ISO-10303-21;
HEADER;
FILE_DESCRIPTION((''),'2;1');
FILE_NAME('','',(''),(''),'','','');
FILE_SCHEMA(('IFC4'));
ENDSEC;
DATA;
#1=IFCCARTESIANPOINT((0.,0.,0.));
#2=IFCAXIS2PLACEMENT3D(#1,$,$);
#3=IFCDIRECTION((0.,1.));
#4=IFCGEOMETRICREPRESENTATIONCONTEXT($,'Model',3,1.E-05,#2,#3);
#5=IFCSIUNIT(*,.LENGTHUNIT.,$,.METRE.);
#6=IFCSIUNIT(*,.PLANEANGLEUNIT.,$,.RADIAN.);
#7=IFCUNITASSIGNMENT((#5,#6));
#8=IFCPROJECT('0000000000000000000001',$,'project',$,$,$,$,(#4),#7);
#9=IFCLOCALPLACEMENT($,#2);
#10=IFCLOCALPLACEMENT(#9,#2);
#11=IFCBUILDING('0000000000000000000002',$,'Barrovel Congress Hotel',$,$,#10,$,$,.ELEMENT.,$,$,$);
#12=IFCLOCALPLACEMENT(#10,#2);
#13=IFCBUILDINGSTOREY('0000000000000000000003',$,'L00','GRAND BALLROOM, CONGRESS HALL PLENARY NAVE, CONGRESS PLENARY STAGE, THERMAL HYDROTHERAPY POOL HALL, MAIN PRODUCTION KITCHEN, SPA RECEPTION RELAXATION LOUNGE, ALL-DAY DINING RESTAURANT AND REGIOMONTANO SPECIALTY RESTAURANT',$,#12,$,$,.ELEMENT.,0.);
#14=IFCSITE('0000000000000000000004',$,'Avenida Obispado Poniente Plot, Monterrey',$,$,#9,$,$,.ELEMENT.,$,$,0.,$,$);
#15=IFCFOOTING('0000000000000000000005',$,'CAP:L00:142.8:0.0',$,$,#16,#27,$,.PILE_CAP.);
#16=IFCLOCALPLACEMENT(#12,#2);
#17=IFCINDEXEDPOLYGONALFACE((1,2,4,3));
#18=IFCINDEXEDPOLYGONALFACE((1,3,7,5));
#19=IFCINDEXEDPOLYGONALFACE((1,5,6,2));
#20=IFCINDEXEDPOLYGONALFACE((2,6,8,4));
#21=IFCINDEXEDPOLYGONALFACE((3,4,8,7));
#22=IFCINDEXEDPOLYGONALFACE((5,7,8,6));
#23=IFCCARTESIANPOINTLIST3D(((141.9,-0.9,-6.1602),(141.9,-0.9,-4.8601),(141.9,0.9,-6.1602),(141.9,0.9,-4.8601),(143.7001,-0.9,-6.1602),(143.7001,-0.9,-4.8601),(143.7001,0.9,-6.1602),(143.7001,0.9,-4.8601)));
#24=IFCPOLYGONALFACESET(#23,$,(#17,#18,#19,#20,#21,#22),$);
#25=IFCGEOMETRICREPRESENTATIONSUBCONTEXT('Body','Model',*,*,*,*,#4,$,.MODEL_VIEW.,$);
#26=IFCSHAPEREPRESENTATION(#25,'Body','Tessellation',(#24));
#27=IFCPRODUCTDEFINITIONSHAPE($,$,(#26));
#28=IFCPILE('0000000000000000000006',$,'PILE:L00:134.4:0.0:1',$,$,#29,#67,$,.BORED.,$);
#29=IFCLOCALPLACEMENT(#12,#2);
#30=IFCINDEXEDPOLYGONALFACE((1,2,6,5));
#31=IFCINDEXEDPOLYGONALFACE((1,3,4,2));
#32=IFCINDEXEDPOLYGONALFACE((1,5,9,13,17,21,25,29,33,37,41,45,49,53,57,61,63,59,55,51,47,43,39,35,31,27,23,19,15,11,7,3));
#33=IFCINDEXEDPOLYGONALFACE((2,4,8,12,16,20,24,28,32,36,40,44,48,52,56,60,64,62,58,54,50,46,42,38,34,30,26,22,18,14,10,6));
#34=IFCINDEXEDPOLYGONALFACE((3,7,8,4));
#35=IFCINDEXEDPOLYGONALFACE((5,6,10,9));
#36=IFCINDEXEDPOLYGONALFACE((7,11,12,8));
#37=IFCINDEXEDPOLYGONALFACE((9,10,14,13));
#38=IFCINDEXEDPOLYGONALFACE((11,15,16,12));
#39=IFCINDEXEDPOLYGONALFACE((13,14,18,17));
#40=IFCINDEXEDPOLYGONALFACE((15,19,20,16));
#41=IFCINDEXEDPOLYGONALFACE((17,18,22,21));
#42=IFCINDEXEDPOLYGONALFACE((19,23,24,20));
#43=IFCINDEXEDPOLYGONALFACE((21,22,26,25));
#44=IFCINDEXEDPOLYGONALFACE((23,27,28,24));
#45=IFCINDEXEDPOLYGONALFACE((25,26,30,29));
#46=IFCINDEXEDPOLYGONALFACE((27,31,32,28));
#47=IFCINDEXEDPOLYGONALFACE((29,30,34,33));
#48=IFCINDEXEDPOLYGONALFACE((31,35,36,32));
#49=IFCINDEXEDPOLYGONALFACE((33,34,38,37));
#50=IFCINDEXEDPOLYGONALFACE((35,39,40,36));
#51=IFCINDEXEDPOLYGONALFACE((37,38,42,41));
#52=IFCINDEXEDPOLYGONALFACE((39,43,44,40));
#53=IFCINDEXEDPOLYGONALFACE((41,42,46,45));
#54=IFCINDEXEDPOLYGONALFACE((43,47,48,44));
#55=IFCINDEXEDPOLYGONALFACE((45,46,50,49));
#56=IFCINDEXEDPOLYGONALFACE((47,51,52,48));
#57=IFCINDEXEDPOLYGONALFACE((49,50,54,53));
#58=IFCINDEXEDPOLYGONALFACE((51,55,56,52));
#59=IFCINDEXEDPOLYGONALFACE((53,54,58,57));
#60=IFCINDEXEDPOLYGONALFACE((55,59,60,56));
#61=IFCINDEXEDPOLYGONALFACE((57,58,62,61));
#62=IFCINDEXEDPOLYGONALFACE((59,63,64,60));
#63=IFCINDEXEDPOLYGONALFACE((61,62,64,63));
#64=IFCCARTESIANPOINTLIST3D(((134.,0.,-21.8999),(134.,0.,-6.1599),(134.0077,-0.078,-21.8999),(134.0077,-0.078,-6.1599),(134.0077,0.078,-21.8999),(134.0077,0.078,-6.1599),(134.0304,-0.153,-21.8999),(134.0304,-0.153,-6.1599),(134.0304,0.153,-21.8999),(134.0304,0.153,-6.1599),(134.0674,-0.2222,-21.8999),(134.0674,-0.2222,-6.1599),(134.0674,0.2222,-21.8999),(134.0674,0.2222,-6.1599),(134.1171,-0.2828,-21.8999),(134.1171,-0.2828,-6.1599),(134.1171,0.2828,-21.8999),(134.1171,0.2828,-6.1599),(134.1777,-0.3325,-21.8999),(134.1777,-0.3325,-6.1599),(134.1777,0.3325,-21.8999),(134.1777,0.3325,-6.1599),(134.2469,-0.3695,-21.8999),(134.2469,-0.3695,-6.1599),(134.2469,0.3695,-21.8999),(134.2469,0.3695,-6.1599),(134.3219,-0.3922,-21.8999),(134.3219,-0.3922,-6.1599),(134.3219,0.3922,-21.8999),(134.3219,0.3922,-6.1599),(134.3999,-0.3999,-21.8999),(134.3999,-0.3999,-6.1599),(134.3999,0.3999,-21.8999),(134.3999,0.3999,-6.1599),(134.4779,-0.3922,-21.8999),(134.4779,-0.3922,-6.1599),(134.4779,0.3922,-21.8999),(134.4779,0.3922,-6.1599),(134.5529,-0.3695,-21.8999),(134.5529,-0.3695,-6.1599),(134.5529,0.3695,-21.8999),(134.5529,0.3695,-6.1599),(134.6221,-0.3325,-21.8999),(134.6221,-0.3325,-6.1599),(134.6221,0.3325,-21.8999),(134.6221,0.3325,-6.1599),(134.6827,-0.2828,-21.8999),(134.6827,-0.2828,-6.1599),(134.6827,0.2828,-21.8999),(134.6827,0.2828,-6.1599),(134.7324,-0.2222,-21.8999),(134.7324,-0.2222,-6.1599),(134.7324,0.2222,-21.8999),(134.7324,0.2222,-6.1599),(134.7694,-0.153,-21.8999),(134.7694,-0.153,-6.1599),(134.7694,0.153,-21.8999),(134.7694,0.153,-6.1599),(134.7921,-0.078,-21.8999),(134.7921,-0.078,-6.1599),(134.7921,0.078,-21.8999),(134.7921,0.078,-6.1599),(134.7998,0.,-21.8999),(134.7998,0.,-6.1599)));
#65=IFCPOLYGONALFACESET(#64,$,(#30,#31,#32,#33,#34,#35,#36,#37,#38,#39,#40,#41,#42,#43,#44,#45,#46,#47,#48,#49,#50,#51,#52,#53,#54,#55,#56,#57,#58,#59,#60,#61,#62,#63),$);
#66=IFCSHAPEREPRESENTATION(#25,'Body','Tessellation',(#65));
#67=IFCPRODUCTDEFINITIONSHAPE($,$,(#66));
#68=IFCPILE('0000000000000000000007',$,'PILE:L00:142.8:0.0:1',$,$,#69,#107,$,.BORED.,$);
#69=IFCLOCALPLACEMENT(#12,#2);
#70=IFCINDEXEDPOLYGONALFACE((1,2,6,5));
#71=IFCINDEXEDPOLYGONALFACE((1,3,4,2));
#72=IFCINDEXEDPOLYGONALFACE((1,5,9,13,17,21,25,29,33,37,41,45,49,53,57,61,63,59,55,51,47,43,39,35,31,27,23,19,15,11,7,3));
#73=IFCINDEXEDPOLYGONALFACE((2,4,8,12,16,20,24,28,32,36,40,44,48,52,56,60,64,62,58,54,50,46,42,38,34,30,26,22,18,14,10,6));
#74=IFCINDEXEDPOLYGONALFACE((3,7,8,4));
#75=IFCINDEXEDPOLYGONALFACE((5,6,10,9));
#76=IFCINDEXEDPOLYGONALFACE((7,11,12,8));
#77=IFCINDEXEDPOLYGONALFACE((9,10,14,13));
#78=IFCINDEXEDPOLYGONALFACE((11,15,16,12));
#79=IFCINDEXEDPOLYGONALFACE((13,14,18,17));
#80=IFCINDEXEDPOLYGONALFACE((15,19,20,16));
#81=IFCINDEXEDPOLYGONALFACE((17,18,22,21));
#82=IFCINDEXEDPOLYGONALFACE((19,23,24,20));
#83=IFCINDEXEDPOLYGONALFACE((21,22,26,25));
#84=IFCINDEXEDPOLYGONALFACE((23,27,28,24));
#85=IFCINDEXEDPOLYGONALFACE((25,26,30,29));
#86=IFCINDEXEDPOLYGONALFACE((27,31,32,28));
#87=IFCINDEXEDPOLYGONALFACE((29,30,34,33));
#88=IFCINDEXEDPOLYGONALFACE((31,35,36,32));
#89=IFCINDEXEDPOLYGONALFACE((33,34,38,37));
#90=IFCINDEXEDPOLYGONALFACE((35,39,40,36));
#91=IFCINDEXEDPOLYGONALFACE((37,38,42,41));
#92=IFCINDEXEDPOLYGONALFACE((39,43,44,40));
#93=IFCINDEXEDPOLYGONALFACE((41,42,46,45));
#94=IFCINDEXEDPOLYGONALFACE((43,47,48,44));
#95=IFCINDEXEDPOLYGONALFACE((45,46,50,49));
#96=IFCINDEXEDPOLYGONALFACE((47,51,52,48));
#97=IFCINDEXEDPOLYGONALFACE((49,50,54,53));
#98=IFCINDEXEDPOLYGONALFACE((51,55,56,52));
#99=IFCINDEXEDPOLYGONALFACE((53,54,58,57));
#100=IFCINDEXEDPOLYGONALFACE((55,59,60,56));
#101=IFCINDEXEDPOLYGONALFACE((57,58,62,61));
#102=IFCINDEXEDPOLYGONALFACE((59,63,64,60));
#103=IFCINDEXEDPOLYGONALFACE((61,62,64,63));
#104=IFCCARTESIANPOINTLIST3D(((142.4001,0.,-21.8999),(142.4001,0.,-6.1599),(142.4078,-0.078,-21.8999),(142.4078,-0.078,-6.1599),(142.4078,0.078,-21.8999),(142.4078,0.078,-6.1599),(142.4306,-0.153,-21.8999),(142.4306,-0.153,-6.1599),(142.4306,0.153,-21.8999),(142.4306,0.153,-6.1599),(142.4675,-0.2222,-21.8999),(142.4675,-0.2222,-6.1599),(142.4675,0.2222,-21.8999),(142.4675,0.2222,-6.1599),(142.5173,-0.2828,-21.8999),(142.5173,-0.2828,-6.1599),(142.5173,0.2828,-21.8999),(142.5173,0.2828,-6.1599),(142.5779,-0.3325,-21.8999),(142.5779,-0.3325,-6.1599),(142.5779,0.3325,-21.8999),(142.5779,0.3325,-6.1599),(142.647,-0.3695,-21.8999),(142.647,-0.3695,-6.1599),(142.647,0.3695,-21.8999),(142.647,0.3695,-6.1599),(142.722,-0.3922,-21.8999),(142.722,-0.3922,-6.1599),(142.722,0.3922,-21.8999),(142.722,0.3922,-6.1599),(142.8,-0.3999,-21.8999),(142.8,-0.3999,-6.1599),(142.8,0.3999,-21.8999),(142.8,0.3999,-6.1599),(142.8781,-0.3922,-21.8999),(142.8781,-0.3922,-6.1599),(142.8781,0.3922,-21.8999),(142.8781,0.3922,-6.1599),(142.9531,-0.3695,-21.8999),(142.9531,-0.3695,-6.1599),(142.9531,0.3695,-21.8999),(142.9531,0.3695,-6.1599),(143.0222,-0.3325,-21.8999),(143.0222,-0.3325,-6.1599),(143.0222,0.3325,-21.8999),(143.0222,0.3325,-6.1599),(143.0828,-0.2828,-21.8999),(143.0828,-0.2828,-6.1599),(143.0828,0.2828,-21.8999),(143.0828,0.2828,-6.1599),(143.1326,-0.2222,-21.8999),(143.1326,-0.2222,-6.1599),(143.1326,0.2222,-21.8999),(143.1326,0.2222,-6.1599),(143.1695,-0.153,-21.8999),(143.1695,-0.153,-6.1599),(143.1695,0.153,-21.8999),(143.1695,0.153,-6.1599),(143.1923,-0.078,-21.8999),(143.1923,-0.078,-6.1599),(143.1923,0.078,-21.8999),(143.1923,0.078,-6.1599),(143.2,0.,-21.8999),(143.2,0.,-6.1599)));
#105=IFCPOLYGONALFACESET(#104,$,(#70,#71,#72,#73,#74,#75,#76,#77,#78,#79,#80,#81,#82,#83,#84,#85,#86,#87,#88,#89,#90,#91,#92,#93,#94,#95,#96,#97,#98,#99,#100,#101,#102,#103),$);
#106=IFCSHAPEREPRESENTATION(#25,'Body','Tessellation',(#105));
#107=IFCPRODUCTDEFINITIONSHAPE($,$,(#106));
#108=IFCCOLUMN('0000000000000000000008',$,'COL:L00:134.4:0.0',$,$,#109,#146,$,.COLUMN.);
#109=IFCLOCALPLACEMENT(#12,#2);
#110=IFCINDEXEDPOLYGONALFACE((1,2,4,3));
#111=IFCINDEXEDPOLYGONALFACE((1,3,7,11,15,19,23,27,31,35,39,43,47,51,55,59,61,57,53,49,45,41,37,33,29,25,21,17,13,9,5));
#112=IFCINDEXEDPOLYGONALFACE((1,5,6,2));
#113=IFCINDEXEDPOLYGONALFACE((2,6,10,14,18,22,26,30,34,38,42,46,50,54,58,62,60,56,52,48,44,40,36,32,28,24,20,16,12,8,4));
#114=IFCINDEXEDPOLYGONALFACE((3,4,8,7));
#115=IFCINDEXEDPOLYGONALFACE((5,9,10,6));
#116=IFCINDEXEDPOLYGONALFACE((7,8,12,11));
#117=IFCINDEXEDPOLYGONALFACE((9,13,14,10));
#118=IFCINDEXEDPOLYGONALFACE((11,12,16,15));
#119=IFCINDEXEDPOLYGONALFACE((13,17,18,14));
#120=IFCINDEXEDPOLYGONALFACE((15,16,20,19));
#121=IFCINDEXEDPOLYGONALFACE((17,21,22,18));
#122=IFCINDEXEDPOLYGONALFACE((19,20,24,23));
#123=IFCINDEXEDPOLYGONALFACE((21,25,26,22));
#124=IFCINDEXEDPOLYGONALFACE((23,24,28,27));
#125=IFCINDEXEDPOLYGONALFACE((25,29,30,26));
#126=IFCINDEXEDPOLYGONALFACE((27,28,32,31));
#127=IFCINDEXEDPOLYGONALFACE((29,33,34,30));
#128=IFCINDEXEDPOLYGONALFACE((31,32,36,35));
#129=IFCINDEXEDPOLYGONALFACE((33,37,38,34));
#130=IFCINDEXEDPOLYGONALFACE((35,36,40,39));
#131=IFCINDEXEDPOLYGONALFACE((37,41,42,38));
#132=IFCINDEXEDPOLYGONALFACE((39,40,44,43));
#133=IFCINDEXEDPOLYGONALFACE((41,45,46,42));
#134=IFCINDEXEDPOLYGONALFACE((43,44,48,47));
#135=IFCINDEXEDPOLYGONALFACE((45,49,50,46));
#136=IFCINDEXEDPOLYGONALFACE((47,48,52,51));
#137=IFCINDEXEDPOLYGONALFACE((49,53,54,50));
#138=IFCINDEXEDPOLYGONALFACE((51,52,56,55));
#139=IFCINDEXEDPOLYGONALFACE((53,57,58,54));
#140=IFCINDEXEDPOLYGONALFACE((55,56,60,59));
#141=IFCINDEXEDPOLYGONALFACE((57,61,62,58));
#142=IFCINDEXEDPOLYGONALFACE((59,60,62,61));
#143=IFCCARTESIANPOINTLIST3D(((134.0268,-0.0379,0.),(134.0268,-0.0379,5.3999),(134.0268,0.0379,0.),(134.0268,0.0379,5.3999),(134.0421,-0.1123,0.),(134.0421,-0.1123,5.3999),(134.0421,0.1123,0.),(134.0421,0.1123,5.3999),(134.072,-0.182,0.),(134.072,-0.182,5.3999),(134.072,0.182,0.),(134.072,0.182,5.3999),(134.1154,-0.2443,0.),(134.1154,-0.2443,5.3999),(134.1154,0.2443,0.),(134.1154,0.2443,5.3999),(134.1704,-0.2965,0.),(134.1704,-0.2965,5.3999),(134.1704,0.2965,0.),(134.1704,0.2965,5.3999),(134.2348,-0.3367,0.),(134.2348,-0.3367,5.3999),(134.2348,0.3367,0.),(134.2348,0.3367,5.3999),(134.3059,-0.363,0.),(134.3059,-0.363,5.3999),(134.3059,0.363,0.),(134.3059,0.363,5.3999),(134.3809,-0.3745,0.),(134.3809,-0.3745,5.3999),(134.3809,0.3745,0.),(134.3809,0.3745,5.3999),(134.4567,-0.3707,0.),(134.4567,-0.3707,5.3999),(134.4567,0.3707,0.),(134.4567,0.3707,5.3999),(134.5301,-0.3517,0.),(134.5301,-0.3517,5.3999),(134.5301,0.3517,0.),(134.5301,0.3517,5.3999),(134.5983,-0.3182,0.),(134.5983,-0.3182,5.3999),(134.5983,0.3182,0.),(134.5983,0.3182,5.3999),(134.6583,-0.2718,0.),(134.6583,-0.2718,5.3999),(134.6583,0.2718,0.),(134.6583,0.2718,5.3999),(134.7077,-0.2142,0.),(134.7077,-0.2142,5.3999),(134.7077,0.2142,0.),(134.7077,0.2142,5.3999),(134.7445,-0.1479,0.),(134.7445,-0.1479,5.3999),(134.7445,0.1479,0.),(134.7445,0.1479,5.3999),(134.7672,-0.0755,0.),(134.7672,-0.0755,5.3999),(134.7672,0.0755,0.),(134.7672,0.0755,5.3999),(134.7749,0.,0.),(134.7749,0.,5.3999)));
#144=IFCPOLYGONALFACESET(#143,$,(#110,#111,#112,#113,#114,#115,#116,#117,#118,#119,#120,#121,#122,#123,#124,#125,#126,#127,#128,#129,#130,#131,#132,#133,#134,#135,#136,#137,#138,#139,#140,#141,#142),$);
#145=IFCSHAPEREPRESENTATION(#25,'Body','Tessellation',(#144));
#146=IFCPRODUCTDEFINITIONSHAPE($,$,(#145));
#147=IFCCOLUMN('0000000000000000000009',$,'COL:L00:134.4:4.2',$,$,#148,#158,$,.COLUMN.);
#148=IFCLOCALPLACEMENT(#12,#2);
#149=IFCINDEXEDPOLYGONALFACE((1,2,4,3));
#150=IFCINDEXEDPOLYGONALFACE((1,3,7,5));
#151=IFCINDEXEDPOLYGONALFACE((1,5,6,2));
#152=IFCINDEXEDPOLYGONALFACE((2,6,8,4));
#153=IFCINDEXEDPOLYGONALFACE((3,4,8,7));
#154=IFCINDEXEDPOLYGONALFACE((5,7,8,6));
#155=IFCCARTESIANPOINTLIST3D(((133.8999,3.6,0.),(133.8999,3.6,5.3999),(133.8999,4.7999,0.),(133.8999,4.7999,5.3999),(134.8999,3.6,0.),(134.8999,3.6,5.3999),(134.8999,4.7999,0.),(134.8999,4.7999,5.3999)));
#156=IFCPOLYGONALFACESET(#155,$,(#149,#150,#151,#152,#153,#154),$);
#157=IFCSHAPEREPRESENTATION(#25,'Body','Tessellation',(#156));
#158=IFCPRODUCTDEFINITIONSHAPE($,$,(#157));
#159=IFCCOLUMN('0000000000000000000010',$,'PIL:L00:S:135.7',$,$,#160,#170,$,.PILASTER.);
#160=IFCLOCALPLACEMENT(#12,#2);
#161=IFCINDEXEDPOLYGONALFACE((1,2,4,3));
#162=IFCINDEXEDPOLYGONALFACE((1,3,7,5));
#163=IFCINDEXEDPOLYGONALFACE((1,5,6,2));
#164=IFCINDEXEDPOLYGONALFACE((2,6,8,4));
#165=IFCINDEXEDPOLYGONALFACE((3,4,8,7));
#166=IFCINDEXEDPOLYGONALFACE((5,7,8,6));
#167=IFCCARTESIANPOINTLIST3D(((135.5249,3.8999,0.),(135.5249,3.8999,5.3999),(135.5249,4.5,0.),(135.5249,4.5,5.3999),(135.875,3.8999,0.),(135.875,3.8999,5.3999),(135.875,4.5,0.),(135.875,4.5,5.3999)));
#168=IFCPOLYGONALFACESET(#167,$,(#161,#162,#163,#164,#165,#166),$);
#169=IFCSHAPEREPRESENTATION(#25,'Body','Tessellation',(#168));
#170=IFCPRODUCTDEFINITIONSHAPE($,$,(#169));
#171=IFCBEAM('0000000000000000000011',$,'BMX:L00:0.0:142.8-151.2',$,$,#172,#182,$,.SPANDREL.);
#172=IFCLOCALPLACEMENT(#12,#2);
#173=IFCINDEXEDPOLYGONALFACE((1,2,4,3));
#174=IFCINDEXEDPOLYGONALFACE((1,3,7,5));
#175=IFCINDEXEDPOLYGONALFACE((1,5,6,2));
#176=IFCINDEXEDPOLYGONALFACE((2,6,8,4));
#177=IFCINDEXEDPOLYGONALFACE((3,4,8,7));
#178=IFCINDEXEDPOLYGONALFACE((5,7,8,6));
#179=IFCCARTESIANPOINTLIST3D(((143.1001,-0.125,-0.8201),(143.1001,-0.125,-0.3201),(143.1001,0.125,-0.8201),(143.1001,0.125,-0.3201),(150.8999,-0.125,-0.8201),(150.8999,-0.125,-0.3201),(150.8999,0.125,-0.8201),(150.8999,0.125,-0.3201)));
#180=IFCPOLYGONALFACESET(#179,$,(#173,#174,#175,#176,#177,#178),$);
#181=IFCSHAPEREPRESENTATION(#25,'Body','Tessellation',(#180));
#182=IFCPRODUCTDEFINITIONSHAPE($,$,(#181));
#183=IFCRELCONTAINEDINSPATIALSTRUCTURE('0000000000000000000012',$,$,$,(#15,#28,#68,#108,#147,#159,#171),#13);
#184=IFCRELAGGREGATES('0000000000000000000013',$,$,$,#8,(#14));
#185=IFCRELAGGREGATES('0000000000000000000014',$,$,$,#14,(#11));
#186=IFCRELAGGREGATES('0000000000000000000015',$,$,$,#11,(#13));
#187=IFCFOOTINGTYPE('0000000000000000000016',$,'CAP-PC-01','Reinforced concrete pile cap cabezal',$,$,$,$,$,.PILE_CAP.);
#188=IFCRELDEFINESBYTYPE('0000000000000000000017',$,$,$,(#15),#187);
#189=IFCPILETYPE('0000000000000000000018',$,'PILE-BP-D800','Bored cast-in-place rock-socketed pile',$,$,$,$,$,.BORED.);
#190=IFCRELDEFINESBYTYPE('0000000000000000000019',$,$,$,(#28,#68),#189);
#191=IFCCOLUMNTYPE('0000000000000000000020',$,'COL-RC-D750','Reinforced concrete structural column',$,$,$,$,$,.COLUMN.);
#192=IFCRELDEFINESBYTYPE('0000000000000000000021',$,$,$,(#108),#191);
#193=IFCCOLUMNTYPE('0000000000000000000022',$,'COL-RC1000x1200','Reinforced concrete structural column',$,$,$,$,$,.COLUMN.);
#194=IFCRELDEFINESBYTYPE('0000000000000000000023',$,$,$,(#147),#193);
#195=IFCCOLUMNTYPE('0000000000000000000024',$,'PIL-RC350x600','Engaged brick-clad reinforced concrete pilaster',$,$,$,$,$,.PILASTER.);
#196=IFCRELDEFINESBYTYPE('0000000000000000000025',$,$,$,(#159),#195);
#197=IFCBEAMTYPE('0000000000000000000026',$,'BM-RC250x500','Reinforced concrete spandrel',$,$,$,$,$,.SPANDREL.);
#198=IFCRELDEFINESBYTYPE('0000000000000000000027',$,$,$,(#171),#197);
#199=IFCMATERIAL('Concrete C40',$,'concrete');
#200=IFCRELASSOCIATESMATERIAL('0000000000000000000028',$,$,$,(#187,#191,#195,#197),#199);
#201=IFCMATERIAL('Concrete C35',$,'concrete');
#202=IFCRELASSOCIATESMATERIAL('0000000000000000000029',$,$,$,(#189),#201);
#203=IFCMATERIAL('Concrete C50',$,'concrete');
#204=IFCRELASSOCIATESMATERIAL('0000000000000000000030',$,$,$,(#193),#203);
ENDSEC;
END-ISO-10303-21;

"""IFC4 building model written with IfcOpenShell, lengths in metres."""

from ifc_helpers import new_model, si_unit, direction, frame, origin, origin_2d, place, context, subcontext, project, spatial, rectangle, circle, extrude, material, material_profile, profile_set, type_object, element, save


model = new_model("IFC4")

# Units and contexts
model_context = context("Model", 3, precision=1e-05, world=origin(), true_north=direction((0.0, 1.0)))
body_context = subcontext(model_context, "Body", "Model", "MODEL_VIEW")
ifc_project = project(units=[si_unit("LENGTHUNIT", "METRE"), si_unit("PLANEANGLEUNIT", "RADIAN")], contexts=[model_context])

# Site, building, storey
site_placement = place(None, origin())
site = spatial("IfcSite", under=ifc_project, at=site_placement, Name="Avenida Obispado Poniente Plot, Monterrey", CompositionType="ELEMENT", RefElevation=0.0)
building_placement = place(site_placement, origin())
building = spatial("IfcBuilding", under=site, at=building_placement, Name="Barrovel Congress Hotel", CompositionType="ELEMENT")
storey_placement = place(building_placement, origin())
storey = spatial("IfcBuildingStorey", under=building, at=storey_placement, Name="L00", Description="GRAND BALLROOM, CONGRESS HALL PLENARY NAVE, CONGRESS PLENARY STAGE, THERMAL HYDROTHERAPY POOL HALL, MAIN PRODUCTION KITCHEN, SPA RECEPTION RELAXATION LOUNGE, ALL-DAY DINING RESTAURANT AND REGIOMONTANO SPECIALTY RESTAURANT", CompositionType="ELEMENT", Elevation=0.0)

# Footing
ifc_material_1 = material(Name="Concrete C40", Category="concrete")
footing_type = type_object("IfcFootingType", Name="CAP-PC-01", Description="Reinforced concrete pile cap cabezal", PredefinedType="PILE_CAP", material=ifc_material_1)
footing_placement = place(storey_placement, frame((142.8, 0.0, -6.1602), z_axis=(0.0, 0.0, 1.0), x_axis=(1.0, 0.0, 0.0)))
element("IfcFooting", 1, at=footing_placement, inside=storey, type_object=footing_type, Name="CAP:L00:142.8:0.0", PredefinedType="PILE_CAP", context=body_context, shape_type="SweptSolid", body=[
    extrude(rectangle(XDim=1.8, YDim=1.8, at=origin_2d()), origin(), (0.0, 0.0, 1.0), 1.3),
])

# Piles
ifc_material_2 = material(Name="Concrete C35", Category="concrete")
ifc_material_profile_1 = material_profile(ifc_material_2, circle(Radius=0.3999, at=origin_2d()), Name="BP-D800")
ifc_profile_set_1 = profile_set([ifc_material_profile_1], Name="Concrete C35")
pile_type = type_object("IfcPileType", Name="PILE-BP-D800", Description="Bored cast-in-place rock-socketed pile", PredefinedType="BORED", material=ifc_profile_set_1)
for number, where, z_axis, x_axis, name in (
    (2, (134.3999, 0.0, -6.1599), (0.0, 0.0, -1.0), (1.0, 0.0, 0.0), "PILE:L00:134.4:0.0:1"),
    (3, (142.8, 0.0, -6.1599), (0.0, 0.0, -1.0), (1.0, 0.0, 0.0), "PILE:L00:142.8:0.0:1"),
):
    element("IfcPile", number, at=place(storey_placement, frame(where, z_axis=z_axis, x_axis=x_axis)), inside=storey, type_object=pile_type, Name=name, PredefinedType="BORED", context=body_context, shape_type="SweptSolid", body=[
        extrude(circle(Radius=0.3999, at=origin_2d()), origin(), (0.0, 0.0, 1.0), 15.74),
    ])

# Columns
ifc_material_profile_2 = material_profile(ifc_material_1, circle(Radius=0.375, at=origin_2d()), Name="RC-D750")
ifc_profile_set_2 = profile_set([ifc_material_profile_2], Name="Concrete C40")
column_type_1 = type_object("IfcColumnType", Name="COL-RC-D750", Description="Reinforced concrete structural column", PredefinedType="COLUMN", material=ifc_profile_set_2)
column_1_placement = place(storey_placement, frame((134.3999, 0.0, 0.0), z_axis=(0.0, 0.0, 1.0), x_axis=(1.0, 0.0, 0.0)))
element("IfcColumn", 4, at=column_1_placement, inside=storey, type_object=column_type_1, Name="COL:L00:134.4:0.0", PredefinedType="COLUMN", context=body_context, shape_type="SweptSolid", body=[
    extrude(circle(Radius=0.375, at=origin_2d()), origin(), (0.0, 0.0, 1.0), 5.3999),
])
ifc_material_3 = material(Name="Concrete C50", Category="concrete")
ifc_material_profile_3 = material_profile(ifc_material_3, rectangle(XDim=1.0, YDim=1.2, at=origin_2d()), Name="RC1000x1200")
ifc_profile_set_3 = profile_set([ifc_material_profile_3], Name="Concrete C50")
column_type_2 = type_object("IfcColumnType", Name="COL-RC1000x1200", Description="Reinforced concrete structural column", PredefinedType="COLUMN", material=ifc_profile_set_3)
column_2_placement = place(storey_placement, frame((134.3999, 4.2, 0.0), z_axis=(0.0, 0.0, 1.0), x_axis=(1.0, 0.0, 0.0)))
element("IfcColumn", 5, at=column_2_placement, inside=storey, type_object=column_type_2, Name="COL:L00:134.4:4.2", PredefinedType="COLUMN", context=body_context, shape_type="SweptSolid", body=[
    extrude(rectangle(XDim=1.0, YDim=1.2, at=origin_2d()), origin(), (0.0, 0.0, 1.0), 5.3999),
])
ifc_material_profile_4 = material_profile(ifc_material_1, rectangle(XDim=0.3501, YDim=0.6001, at=origin_2d()), Name="RC350x600")
ifc_profile_set_4 = profile_set([ifc_material_profile_4], Name="Concrete C40")
column_type_3 = type_object("IfcColumnType", Name="PIL-RC350x600", Description="Engaged brick-clad reinforced concrete pilaster", PredefinedType="PILASTER", material=ifc_profile_set_4)
column_3_placement = place(storey_placement, frame((135.7, 4.2, 0.0), z_axis=(0.0, 0.0, 1.0), x_axis=(1.0, 0.0, 0.0)))
element("IfcColumn", 6, at=column_3_placement, inside=storey, type_object=column_type_3, Name="PIL:L00:S:135.7", PredefinedType="PILASTER", context=body_context, shape_type="SweptSolid", body=[
    extrude(rectangle(XDim=0.3501, YDim=0.6001, at=origin_2d()), origin(), (0.0, 0.0, 1.0), 5.3999),
])

# Beam
ifc_material_profile_5 = material_profile(ifc_material_1, rectangle(XDim=0.25, YDim=0.5, at=origin_2d()), Name="RC250x500")
ifc_profile_set_5 = profile_set([ifc_material_profile_5], Name="Concrete C40")
beam_type_1 = type_object("IfcBeamType", Name="BM-RC250x500", Description="Reinforced concrete spandrel", PredefinedType="SPANDREL", material=ifc_profile_set_5)
beam_1_placement = place(storey_placement, frame((143.1001, 0.0, -0.5701), z_axis=(1.0, 0.0, 0.0), x_axis=(0.0, 1.0, 0.0)))
element("IfcBeam", 7, at=beam_1_placement, inside=storey, type_object=beam_type_1, Name="BMX:L00:0.0:142.8-151.2", PredefinedType="SPANDREL", context=body_context, shape_type="SweptSolid", body=[
    extrude(rectangle(XDim=0.25, YDim=0.5, at=origin_2d()), origin(), (0.0, 0.0, 1.0), 7.7998),
])

save(model, "model.ifc")
